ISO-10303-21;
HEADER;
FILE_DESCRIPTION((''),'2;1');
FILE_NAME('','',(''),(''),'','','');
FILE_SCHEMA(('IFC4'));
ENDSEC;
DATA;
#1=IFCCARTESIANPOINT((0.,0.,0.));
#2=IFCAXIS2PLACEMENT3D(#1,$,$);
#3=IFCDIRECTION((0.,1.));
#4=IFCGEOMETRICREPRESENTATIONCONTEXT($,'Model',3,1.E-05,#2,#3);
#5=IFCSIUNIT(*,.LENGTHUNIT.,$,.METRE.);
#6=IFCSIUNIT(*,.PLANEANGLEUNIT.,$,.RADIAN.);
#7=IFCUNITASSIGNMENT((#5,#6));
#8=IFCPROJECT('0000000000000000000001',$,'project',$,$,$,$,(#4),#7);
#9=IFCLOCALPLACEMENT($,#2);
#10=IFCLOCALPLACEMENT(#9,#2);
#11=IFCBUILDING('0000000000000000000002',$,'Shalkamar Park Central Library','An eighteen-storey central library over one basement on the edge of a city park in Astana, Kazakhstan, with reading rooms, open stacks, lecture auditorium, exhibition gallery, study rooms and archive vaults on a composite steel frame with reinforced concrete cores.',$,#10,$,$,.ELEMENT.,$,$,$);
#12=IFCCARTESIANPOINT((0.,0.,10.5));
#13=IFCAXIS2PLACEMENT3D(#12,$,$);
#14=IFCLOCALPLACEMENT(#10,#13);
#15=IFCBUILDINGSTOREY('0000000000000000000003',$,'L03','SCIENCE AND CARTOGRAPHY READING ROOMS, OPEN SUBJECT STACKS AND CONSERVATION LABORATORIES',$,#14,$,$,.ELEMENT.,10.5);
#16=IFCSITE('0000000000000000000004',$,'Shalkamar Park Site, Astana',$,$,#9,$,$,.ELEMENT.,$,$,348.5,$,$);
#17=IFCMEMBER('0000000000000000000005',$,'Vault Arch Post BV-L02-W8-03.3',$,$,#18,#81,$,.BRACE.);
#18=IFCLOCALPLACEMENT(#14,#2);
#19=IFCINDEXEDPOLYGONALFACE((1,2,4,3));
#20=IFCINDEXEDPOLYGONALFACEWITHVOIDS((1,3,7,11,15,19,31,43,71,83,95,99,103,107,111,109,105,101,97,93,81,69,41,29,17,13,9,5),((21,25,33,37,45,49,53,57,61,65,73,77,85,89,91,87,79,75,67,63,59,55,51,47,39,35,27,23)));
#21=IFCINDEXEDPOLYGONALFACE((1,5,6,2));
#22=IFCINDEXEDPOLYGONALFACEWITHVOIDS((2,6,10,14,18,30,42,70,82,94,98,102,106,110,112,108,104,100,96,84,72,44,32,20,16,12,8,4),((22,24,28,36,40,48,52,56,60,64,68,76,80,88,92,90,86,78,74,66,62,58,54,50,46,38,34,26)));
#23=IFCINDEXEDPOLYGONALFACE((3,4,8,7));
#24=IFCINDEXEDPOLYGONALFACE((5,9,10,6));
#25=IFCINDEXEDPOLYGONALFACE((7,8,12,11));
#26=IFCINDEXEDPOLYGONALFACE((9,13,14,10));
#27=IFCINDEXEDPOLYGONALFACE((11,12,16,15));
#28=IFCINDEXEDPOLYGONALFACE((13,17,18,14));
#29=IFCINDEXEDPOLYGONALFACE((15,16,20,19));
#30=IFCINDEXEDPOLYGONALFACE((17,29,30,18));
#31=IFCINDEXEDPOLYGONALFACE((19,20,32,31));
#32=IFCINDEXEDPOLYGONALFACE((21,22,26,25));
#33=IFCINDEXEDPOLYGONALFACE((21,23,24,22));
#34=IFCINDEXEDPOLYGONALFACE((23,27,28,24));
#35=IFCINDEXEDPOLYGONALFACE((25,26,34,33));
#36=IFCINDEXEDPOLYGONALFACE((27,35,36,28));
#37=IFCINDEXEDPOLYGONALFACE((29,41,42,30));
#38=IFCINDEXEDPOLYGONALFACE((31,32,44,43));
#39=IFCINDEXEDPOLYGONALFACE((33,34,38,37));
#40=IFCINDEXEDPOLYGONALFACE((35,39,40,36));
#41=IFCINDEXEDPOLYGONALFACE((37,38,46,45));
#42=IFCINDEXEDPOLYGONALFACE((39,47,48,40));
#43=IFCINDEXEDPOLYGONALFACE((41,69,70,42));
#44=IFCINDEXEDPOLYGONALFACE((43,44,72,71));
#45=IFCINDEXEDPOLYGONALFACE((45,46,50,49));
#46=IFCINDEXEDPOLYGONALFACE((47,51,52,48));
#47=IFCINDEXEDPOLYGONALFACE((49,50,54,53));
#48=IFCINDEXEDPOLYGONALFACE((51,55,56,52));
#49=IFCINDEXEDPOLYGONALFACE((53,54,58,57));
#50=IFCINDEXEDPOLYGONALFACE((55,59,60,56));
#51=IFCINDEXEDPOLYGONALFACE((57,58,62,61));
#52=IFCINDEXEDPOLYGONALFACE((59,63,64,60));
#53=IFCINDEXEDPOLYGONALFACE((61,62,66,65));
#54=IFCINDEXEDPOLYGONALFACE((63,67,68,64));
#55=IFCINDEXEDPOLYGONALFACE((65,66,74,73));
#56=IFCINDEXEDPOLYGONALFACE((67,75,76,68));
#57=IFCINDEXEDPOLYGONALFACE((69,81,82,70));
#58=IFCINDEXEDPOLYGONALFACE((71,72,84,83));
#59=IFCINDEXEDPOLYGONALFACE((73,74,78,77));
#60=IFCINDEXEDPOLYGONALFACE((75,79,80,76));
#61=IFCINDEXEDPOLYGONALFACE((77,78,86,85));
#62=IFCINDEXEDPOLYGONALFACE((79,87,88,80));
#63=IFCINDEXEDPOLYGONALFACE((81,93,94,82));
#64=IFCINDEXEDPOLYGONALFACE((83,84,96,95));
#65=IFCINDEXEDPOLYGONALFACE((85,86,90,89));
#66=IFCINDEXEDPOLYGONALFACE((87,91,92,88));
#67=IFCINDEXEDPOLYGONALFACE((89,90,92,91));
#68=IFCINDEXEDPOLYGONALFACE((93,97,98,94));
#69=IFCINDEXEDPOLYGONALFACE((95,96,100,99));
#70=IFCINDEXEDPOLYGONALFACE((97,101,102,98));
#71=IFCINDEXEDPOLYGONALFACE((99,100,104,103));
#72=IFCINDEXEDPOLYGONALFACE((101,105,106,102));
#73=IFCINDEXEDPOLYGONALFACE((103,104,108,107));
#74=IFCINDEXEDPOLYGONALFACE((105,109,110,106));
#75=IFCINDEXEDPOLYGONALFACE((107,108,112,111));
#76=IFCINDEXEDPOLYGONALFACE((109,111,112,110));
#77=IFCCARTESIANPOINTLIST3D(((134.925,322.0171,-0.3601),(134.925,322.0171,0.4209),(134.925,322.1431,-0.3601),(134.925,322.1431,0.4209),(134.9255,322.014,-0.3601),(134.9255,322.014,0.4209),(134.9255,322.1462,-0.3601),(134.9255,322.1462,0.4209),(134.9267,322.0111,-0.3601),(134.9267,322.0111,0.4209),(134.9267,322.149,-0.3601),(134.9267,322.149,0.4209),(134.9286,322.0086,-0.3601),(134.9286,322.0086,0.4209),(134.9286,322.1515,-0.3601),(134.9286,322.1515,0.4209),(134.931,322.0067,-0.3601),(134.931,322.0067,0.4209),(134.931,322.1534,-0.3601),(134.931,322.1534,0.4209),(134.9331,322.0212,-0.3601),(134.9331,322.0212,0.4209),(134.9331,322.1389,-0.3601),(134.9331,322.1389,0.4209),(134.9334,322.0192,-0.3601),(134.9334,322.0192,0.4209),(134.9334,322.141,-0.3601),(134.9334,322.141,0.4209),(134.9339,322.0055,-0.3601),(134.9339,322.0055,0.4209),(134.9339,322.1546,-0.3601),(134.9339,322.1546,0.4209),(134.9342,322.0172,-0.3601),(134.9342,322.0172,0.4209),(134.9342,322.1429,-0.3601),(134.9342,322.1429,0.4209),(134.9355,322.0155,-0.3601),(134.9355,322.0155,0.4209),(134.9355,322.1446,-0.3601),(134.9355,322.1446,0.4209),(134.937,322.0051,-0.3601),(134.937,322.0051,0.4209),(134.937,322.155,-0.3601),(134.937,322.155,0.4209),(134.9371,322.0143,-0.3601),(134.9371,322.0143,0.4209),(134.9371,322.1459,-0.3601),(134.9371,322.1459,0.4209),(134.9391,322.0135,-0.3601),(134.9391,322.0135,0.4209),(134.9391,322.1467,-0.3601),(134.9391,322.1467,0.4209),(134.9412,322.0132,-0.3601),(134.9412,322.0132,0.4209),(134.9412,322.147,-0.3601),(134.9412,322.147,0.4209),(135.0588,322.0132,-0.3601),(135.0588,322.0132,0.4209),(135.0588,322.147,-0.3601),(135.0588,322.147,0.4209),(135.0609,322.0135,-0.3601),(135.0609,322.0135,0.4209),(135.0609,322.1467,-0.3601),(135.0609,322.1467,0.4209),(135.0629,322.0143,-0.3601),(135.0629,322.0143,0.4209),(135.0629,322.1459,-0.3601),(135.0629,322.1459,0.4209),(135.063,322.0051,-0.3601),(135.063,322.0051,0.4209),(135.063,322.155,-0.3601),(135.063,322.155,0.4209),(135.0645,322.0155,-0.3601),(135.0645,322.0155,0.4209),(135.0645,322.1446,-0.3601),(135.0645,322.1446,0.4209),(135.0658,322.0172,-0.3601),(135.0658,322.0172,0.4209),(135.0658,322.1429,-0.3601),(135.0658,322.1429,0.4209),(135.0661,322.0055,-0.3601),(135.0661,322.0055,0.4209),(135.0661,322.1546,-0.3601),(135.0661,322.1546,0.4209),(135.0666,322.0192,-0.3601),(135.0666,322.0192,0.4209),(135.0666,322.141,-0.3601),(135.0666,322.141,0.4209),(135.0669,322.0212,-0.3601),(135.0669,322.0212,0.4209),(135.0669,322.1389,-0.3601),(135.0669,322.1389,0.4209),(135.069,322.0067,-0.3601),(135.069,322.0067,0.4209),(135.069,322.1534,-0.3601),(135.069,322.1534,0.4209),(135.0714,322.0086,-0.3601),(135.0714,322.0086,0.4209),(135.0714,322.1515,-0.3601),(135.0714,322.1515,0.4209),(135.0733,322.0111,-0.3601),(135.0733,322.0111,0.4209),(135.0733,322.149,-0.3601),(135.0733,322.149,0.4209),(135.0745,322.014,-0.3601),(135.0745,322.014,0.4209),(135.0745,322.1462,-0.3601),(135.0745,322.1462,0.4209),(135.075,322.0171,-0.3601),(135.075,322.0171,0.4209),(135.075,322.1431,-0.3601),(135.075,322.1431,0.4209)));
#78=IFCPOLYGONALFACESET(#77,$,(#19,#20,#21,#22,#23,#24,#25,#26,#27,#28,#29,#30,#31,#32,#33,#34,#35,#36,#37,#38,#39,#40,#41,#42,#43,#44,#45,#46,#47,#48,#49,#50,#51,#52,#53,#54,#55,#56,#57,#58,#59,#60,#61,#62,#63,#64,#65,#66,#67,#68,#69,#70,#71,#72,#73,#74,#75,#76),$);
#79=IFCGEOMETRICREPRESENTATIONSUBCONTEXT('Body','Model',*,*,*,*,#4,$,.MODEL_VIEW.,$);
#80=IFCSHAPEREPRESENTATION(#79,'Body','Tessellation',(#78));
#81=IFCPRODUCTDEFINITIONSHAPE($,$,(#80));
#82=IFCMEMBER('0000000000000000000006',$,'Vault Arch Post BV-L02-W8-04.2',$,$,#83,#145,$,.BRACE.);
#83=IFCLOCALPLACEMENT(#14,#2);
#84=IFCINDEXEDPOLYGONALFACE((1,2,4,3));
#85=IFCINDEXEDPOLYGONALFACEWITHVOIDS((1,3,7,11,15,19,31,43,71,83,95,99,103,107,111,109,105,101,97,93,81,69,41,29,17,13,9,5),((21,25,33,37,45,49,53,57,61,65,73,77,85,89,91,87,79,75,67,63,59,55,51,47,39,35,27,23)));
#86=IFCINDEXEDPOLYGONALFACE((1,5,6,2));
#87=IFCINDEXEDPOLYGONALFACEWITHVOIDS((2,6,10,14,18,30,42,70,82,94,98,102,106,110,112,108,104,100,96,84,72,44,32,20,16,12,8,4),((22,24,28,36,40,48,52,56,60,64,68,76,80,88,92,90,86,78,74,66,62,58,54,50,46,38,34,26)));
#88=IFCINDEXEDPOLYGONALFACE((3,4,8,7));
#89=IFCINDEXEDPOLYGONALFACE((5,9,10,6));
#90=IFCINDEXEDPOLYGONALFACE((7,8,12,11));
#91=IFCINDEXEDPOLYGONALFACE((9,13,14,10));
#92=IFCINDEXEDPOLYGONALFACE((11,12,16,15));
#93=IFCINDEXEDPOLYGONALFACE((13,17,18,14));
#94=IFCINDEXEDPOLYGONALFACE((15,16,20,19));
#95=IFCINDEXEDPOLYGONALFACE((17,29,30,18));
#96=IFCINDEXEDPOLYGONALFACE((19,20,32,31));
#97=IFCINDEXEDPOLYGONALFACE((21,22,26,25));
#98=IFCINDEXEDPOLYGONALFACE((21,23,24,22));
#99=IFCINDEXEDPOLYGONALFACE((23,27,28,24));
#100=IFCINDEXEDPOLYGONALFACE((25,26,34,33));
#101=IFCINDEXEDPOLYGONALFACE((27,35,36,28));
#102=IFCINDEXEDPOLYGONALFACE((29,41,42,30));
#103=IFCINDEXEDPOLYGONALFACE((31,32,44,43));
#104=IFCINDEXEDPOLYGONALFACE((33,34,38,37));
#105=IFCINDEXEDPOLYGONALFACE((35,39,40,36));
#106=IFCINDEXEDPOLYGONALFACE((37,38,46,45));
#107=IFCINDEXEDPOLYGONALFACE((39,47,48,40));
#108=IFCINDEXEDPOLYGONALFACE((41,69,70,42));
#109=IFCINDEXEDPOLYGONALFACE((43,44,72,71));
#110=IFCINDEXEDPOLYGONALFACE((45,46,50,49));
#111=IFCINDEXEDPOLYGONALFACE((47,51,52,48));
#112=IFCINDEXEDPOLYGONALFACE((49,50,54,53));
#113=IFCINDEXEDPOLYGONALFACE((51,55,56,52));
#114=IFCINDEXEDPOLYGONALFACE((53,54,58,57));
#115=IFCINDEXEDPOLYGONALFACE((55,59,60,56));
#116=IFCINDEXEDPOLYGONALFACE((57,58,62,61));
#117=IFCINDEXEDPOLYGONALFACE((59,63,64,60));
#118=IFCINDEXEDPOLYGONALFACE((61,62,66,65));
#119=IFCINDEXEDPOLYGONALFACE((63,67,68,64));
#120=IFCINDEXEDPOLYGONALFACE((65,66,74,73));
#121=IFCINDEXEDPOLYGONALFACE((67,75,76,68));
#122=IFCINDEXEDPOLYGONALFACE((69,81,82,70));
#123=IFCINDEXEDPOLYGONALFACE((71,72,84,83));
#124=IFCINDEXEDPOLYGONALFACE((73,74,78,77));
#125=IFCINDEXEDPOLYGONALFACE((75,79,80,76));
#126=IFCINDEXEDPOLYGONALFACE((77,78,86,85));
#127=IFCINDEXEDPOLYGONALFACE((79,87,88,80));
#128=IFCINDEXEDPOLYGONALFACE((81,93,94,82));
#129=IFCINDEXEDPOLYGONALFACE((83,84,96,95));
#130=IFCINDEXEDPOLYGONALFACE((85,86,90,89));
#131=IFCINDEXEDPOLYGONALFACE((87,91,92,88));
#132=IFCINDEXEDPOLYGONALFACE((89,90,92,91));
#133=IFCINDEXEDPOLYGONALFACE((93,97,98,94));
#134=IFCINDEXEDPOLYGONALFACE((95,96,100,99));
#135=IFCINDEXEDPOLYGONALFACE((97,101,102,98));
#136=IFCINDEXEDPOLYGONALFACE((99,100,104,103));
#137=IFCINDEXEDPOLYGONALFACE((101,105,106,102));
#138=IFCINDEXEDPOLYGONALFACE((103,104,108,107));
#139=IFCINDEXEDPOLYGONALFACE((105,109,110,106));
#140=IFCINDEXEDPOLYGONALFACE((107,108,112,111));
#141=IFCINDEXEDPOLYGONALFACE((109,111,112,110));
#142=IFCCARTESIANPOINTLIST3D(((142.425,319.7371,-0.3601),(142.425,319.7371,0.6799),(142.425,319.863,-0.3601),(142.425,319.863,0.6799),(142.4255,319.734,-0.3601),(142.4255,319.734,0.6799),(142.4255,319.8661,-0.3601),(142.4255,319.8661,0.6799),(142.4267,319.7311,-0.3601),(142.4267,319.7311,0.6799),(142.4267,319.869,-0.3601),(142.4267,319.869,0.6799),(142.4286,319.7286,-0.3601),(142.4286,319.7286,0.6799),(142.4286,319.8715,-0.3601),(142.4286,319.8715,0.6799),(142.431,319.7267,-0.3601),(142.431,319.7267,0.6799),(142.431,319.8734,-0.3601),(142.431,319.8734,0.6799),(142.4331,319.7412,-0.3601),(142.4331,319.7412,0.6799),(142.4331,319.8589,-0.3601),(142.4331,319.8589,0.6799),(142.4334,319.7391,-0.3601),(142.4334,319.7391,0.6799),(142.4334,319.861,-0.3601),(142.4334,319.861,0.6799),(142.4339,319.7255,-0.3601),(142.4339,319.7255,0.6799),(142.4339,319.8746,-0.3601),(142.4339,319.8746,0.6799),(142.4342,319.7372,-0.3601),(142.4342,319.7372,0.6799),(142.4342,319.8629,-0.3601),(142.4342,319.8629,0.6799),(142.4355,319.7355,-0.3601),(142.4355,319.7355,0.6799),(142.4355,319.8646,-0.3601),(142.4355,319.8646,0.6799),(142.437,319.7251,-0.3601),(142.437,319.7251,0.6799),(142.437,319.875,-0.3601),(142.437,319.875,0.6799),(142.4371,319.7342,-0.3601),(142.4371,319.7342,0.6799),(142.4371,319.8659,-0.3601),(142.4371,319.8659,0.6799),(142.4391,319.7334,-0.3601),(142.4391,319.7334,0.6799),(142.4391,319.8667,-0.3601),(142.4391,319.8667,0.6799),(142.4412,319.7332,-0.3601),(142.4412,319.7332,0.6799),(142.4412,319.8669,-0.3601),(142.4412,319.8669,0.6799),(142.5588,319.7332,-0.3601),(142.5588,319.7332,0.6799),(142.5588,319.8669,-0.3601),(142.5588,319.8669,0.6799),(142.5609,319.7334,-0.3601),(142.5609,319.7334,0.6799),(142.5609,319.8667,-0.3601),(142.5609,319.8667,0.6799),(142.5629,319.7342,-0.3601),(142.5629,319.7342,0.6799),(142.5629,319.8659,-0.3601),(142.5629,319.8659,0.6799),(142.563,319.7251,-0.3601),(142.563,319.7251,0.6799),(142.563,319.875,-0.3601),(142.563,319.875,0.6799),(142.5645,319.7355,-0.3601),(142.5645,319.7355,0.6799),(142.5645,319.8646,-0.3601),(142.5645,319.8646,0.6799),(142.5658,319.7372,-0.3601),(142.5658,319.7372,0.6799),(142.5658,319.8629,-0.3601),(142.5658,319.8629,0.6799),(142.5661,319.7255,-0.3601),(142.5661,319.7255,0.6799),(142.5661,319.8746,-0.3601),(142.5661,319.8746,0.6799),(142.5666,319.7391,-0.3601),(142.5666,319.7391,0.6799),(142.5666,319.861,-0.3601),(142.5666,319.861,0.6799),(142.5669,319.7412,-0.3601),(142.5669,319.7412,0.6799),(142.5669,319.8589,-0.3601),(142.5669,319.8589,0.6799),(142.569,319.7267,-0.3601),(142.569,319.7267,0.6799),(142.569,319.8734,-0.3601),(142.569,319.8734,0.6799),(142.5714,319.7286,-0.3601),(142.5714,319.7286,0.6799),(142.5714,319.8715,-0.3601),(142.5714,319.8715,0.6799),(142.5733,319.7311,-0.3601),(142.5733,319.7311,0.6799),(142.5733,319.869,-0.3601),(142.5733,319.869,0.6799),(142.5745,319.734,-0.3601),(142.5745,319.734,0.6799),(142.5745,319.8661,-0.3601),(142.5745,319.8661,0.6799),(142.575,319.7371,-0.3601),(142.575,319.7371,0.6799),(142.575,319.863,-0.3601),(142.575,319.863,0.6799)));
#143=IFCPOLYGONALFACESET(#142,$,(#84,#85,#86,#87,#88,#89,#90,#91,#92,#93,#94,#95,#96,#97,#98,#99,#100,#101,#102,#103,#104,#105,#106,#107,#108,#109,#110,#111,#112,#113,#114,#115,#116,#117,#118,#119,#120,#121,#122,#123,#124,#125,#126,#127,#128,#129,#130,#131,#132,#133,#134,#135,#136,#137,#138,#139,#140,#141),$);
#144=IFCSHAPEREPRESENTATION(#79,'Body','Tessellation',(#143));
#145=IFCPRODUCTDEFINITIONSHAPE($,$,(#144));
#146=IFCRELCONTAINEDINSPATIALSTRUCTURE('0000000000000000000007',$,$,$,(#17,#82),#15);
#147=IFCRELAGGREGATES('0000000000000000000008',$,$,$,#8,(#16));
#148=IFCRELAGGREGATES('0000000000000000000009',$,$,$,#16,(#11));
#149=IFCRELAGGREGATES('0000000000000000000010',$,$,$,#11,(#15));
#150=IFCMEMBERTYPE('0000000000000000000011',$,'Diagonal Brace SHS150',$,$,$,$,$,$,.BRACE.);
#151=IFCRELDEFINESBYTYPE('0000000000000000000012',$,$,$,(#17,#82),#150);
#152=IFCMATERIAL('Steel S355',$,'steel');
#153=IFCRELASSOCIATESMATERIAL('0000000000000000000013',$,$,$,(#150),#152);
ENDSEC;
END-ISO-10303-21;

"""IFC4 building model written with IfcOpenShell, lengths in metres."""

from ifc_helpers import new_model, si_unit, direction, frame, origin, origin_2d, place, context, subcontext, project, spatial, hollow_rectangle, extrude, material, material_profile, profile_set, type_object, element, save


model = new_model("IFC4")

# Units and contexts
model_context = context("Model", 3, precision=1e-05, world=origin(), true_north=direction((0.0, 1.0)))
body_context = subcontext(model_context, "Body", "Model", "MODEL_VIEW")
ifc_project = project(units=[si_unit("LENGTHUNIT", "METRE"), si_unit("PLANEANGLEUNIT", "RADIAN")], contexts=[model_context])

# Site, building, storey
site_placement = place(None, origin())
site = spatial("IfcSite", under=ifc_project, at=site_placement, Name="Shalkamar Park Site, Astana", CompositionType="ELEMENT", RefElevation=348.5)
building_placement = place(site_placement, origin())
building = spatial("IfcBuilding", under=site, at=building_placement, Name="Shalkamar Park Central Library", Description="An eighteen-storey central library over one basement on the edge of a city park in Astana, Kazakhstan, with reading rooms, open stacks, lecture auditorium, exhibition gallery, study rooms and archive vaults on a composite steel frame with reinforced concrete cores.", CompositionType="ELEMENT")
storey_placement = place(building_placement, frame((0.0, 0.0, 10.5)))
storey = spatial("IfcBuildingStorey", under=building, at=storey_placement, Name="L03", Description="SCIENCE AND CARTOGRAPHY READING ROOMS, OPEN SUBJECT STACKS AND CONSERVATION LABORATORIES", CompositionType="ELEMENT", Elevation=10.5)

# Members
ifc_material_1 = material(Name="Steel S355", Category="steel")
ifc_material_profile_1 = material_profile(ifc_material_1, hollow_rectangle(XDim=0.1499, YDim=0.1499, WallThickness=0.0081, InnerFilletRadius=0.0081, OuterFilletRadius=0.012, at=origin_2d()), Name="SHS 150x150x8")
ifc_profile_set_1 = profile_set([ifc_material_profile_1], Name="Steel S355")
member_type_1 = type_object("IfcMemberType", Name="Diagonal Brace SHS150", PredefinedType="BRACE", material=ifc_profile_set_1)
member_1_placement = place(storey_placement, frame((135.0, 322.0801, -0.3601), z_axis=(0.0, 0.0, 1.0), x_axis=(1.0, 0.0, 0.0)))
element("IfcMember", 1, at=member_1_placement, inside=storey, type_object=member_type_1, Name="Vault Arch Post BV-L02-W8-03.3", PredefinedType="BRACE", context=body_context, shape_type="SweptSolid", body=[
    extrude(hollow_rectangle(XDim=0.1499, YDim=0.1499, WallThickness=0.0081, InnerFilletRadius=0.0081, OuterFilletRadius=0.012, at=origin_2d()), origin(), (0.0, 0.0, 1.0), 0.781),
])
member_2_placement = place(storey_placement, frame((142.5, 319.8, -0.3601), z_axis=(0.0, 0.0, 1.0), x_axis=(1.0, 0.0, 0.0)))
element("IfcMember", 2, at=member_2_placement, inside=storey, type_object=member_type_1, Name="Vault Arch Post BV-L02-W8-04.2", PredefinedType="BRACE", context=body_context, shape_type="SweptSolid", body=[
    extrude(hollow_rectangle(XDim=0.1499, YDim=0.1499, WallThickness=0.0081, InnerFilletRadius=0.0081, OuterFilletRadius=0.012, at=origin_2d()), origin(), (0.0, 0.0, 1.0), 1.04),
])

save(model, "model.ifc")
